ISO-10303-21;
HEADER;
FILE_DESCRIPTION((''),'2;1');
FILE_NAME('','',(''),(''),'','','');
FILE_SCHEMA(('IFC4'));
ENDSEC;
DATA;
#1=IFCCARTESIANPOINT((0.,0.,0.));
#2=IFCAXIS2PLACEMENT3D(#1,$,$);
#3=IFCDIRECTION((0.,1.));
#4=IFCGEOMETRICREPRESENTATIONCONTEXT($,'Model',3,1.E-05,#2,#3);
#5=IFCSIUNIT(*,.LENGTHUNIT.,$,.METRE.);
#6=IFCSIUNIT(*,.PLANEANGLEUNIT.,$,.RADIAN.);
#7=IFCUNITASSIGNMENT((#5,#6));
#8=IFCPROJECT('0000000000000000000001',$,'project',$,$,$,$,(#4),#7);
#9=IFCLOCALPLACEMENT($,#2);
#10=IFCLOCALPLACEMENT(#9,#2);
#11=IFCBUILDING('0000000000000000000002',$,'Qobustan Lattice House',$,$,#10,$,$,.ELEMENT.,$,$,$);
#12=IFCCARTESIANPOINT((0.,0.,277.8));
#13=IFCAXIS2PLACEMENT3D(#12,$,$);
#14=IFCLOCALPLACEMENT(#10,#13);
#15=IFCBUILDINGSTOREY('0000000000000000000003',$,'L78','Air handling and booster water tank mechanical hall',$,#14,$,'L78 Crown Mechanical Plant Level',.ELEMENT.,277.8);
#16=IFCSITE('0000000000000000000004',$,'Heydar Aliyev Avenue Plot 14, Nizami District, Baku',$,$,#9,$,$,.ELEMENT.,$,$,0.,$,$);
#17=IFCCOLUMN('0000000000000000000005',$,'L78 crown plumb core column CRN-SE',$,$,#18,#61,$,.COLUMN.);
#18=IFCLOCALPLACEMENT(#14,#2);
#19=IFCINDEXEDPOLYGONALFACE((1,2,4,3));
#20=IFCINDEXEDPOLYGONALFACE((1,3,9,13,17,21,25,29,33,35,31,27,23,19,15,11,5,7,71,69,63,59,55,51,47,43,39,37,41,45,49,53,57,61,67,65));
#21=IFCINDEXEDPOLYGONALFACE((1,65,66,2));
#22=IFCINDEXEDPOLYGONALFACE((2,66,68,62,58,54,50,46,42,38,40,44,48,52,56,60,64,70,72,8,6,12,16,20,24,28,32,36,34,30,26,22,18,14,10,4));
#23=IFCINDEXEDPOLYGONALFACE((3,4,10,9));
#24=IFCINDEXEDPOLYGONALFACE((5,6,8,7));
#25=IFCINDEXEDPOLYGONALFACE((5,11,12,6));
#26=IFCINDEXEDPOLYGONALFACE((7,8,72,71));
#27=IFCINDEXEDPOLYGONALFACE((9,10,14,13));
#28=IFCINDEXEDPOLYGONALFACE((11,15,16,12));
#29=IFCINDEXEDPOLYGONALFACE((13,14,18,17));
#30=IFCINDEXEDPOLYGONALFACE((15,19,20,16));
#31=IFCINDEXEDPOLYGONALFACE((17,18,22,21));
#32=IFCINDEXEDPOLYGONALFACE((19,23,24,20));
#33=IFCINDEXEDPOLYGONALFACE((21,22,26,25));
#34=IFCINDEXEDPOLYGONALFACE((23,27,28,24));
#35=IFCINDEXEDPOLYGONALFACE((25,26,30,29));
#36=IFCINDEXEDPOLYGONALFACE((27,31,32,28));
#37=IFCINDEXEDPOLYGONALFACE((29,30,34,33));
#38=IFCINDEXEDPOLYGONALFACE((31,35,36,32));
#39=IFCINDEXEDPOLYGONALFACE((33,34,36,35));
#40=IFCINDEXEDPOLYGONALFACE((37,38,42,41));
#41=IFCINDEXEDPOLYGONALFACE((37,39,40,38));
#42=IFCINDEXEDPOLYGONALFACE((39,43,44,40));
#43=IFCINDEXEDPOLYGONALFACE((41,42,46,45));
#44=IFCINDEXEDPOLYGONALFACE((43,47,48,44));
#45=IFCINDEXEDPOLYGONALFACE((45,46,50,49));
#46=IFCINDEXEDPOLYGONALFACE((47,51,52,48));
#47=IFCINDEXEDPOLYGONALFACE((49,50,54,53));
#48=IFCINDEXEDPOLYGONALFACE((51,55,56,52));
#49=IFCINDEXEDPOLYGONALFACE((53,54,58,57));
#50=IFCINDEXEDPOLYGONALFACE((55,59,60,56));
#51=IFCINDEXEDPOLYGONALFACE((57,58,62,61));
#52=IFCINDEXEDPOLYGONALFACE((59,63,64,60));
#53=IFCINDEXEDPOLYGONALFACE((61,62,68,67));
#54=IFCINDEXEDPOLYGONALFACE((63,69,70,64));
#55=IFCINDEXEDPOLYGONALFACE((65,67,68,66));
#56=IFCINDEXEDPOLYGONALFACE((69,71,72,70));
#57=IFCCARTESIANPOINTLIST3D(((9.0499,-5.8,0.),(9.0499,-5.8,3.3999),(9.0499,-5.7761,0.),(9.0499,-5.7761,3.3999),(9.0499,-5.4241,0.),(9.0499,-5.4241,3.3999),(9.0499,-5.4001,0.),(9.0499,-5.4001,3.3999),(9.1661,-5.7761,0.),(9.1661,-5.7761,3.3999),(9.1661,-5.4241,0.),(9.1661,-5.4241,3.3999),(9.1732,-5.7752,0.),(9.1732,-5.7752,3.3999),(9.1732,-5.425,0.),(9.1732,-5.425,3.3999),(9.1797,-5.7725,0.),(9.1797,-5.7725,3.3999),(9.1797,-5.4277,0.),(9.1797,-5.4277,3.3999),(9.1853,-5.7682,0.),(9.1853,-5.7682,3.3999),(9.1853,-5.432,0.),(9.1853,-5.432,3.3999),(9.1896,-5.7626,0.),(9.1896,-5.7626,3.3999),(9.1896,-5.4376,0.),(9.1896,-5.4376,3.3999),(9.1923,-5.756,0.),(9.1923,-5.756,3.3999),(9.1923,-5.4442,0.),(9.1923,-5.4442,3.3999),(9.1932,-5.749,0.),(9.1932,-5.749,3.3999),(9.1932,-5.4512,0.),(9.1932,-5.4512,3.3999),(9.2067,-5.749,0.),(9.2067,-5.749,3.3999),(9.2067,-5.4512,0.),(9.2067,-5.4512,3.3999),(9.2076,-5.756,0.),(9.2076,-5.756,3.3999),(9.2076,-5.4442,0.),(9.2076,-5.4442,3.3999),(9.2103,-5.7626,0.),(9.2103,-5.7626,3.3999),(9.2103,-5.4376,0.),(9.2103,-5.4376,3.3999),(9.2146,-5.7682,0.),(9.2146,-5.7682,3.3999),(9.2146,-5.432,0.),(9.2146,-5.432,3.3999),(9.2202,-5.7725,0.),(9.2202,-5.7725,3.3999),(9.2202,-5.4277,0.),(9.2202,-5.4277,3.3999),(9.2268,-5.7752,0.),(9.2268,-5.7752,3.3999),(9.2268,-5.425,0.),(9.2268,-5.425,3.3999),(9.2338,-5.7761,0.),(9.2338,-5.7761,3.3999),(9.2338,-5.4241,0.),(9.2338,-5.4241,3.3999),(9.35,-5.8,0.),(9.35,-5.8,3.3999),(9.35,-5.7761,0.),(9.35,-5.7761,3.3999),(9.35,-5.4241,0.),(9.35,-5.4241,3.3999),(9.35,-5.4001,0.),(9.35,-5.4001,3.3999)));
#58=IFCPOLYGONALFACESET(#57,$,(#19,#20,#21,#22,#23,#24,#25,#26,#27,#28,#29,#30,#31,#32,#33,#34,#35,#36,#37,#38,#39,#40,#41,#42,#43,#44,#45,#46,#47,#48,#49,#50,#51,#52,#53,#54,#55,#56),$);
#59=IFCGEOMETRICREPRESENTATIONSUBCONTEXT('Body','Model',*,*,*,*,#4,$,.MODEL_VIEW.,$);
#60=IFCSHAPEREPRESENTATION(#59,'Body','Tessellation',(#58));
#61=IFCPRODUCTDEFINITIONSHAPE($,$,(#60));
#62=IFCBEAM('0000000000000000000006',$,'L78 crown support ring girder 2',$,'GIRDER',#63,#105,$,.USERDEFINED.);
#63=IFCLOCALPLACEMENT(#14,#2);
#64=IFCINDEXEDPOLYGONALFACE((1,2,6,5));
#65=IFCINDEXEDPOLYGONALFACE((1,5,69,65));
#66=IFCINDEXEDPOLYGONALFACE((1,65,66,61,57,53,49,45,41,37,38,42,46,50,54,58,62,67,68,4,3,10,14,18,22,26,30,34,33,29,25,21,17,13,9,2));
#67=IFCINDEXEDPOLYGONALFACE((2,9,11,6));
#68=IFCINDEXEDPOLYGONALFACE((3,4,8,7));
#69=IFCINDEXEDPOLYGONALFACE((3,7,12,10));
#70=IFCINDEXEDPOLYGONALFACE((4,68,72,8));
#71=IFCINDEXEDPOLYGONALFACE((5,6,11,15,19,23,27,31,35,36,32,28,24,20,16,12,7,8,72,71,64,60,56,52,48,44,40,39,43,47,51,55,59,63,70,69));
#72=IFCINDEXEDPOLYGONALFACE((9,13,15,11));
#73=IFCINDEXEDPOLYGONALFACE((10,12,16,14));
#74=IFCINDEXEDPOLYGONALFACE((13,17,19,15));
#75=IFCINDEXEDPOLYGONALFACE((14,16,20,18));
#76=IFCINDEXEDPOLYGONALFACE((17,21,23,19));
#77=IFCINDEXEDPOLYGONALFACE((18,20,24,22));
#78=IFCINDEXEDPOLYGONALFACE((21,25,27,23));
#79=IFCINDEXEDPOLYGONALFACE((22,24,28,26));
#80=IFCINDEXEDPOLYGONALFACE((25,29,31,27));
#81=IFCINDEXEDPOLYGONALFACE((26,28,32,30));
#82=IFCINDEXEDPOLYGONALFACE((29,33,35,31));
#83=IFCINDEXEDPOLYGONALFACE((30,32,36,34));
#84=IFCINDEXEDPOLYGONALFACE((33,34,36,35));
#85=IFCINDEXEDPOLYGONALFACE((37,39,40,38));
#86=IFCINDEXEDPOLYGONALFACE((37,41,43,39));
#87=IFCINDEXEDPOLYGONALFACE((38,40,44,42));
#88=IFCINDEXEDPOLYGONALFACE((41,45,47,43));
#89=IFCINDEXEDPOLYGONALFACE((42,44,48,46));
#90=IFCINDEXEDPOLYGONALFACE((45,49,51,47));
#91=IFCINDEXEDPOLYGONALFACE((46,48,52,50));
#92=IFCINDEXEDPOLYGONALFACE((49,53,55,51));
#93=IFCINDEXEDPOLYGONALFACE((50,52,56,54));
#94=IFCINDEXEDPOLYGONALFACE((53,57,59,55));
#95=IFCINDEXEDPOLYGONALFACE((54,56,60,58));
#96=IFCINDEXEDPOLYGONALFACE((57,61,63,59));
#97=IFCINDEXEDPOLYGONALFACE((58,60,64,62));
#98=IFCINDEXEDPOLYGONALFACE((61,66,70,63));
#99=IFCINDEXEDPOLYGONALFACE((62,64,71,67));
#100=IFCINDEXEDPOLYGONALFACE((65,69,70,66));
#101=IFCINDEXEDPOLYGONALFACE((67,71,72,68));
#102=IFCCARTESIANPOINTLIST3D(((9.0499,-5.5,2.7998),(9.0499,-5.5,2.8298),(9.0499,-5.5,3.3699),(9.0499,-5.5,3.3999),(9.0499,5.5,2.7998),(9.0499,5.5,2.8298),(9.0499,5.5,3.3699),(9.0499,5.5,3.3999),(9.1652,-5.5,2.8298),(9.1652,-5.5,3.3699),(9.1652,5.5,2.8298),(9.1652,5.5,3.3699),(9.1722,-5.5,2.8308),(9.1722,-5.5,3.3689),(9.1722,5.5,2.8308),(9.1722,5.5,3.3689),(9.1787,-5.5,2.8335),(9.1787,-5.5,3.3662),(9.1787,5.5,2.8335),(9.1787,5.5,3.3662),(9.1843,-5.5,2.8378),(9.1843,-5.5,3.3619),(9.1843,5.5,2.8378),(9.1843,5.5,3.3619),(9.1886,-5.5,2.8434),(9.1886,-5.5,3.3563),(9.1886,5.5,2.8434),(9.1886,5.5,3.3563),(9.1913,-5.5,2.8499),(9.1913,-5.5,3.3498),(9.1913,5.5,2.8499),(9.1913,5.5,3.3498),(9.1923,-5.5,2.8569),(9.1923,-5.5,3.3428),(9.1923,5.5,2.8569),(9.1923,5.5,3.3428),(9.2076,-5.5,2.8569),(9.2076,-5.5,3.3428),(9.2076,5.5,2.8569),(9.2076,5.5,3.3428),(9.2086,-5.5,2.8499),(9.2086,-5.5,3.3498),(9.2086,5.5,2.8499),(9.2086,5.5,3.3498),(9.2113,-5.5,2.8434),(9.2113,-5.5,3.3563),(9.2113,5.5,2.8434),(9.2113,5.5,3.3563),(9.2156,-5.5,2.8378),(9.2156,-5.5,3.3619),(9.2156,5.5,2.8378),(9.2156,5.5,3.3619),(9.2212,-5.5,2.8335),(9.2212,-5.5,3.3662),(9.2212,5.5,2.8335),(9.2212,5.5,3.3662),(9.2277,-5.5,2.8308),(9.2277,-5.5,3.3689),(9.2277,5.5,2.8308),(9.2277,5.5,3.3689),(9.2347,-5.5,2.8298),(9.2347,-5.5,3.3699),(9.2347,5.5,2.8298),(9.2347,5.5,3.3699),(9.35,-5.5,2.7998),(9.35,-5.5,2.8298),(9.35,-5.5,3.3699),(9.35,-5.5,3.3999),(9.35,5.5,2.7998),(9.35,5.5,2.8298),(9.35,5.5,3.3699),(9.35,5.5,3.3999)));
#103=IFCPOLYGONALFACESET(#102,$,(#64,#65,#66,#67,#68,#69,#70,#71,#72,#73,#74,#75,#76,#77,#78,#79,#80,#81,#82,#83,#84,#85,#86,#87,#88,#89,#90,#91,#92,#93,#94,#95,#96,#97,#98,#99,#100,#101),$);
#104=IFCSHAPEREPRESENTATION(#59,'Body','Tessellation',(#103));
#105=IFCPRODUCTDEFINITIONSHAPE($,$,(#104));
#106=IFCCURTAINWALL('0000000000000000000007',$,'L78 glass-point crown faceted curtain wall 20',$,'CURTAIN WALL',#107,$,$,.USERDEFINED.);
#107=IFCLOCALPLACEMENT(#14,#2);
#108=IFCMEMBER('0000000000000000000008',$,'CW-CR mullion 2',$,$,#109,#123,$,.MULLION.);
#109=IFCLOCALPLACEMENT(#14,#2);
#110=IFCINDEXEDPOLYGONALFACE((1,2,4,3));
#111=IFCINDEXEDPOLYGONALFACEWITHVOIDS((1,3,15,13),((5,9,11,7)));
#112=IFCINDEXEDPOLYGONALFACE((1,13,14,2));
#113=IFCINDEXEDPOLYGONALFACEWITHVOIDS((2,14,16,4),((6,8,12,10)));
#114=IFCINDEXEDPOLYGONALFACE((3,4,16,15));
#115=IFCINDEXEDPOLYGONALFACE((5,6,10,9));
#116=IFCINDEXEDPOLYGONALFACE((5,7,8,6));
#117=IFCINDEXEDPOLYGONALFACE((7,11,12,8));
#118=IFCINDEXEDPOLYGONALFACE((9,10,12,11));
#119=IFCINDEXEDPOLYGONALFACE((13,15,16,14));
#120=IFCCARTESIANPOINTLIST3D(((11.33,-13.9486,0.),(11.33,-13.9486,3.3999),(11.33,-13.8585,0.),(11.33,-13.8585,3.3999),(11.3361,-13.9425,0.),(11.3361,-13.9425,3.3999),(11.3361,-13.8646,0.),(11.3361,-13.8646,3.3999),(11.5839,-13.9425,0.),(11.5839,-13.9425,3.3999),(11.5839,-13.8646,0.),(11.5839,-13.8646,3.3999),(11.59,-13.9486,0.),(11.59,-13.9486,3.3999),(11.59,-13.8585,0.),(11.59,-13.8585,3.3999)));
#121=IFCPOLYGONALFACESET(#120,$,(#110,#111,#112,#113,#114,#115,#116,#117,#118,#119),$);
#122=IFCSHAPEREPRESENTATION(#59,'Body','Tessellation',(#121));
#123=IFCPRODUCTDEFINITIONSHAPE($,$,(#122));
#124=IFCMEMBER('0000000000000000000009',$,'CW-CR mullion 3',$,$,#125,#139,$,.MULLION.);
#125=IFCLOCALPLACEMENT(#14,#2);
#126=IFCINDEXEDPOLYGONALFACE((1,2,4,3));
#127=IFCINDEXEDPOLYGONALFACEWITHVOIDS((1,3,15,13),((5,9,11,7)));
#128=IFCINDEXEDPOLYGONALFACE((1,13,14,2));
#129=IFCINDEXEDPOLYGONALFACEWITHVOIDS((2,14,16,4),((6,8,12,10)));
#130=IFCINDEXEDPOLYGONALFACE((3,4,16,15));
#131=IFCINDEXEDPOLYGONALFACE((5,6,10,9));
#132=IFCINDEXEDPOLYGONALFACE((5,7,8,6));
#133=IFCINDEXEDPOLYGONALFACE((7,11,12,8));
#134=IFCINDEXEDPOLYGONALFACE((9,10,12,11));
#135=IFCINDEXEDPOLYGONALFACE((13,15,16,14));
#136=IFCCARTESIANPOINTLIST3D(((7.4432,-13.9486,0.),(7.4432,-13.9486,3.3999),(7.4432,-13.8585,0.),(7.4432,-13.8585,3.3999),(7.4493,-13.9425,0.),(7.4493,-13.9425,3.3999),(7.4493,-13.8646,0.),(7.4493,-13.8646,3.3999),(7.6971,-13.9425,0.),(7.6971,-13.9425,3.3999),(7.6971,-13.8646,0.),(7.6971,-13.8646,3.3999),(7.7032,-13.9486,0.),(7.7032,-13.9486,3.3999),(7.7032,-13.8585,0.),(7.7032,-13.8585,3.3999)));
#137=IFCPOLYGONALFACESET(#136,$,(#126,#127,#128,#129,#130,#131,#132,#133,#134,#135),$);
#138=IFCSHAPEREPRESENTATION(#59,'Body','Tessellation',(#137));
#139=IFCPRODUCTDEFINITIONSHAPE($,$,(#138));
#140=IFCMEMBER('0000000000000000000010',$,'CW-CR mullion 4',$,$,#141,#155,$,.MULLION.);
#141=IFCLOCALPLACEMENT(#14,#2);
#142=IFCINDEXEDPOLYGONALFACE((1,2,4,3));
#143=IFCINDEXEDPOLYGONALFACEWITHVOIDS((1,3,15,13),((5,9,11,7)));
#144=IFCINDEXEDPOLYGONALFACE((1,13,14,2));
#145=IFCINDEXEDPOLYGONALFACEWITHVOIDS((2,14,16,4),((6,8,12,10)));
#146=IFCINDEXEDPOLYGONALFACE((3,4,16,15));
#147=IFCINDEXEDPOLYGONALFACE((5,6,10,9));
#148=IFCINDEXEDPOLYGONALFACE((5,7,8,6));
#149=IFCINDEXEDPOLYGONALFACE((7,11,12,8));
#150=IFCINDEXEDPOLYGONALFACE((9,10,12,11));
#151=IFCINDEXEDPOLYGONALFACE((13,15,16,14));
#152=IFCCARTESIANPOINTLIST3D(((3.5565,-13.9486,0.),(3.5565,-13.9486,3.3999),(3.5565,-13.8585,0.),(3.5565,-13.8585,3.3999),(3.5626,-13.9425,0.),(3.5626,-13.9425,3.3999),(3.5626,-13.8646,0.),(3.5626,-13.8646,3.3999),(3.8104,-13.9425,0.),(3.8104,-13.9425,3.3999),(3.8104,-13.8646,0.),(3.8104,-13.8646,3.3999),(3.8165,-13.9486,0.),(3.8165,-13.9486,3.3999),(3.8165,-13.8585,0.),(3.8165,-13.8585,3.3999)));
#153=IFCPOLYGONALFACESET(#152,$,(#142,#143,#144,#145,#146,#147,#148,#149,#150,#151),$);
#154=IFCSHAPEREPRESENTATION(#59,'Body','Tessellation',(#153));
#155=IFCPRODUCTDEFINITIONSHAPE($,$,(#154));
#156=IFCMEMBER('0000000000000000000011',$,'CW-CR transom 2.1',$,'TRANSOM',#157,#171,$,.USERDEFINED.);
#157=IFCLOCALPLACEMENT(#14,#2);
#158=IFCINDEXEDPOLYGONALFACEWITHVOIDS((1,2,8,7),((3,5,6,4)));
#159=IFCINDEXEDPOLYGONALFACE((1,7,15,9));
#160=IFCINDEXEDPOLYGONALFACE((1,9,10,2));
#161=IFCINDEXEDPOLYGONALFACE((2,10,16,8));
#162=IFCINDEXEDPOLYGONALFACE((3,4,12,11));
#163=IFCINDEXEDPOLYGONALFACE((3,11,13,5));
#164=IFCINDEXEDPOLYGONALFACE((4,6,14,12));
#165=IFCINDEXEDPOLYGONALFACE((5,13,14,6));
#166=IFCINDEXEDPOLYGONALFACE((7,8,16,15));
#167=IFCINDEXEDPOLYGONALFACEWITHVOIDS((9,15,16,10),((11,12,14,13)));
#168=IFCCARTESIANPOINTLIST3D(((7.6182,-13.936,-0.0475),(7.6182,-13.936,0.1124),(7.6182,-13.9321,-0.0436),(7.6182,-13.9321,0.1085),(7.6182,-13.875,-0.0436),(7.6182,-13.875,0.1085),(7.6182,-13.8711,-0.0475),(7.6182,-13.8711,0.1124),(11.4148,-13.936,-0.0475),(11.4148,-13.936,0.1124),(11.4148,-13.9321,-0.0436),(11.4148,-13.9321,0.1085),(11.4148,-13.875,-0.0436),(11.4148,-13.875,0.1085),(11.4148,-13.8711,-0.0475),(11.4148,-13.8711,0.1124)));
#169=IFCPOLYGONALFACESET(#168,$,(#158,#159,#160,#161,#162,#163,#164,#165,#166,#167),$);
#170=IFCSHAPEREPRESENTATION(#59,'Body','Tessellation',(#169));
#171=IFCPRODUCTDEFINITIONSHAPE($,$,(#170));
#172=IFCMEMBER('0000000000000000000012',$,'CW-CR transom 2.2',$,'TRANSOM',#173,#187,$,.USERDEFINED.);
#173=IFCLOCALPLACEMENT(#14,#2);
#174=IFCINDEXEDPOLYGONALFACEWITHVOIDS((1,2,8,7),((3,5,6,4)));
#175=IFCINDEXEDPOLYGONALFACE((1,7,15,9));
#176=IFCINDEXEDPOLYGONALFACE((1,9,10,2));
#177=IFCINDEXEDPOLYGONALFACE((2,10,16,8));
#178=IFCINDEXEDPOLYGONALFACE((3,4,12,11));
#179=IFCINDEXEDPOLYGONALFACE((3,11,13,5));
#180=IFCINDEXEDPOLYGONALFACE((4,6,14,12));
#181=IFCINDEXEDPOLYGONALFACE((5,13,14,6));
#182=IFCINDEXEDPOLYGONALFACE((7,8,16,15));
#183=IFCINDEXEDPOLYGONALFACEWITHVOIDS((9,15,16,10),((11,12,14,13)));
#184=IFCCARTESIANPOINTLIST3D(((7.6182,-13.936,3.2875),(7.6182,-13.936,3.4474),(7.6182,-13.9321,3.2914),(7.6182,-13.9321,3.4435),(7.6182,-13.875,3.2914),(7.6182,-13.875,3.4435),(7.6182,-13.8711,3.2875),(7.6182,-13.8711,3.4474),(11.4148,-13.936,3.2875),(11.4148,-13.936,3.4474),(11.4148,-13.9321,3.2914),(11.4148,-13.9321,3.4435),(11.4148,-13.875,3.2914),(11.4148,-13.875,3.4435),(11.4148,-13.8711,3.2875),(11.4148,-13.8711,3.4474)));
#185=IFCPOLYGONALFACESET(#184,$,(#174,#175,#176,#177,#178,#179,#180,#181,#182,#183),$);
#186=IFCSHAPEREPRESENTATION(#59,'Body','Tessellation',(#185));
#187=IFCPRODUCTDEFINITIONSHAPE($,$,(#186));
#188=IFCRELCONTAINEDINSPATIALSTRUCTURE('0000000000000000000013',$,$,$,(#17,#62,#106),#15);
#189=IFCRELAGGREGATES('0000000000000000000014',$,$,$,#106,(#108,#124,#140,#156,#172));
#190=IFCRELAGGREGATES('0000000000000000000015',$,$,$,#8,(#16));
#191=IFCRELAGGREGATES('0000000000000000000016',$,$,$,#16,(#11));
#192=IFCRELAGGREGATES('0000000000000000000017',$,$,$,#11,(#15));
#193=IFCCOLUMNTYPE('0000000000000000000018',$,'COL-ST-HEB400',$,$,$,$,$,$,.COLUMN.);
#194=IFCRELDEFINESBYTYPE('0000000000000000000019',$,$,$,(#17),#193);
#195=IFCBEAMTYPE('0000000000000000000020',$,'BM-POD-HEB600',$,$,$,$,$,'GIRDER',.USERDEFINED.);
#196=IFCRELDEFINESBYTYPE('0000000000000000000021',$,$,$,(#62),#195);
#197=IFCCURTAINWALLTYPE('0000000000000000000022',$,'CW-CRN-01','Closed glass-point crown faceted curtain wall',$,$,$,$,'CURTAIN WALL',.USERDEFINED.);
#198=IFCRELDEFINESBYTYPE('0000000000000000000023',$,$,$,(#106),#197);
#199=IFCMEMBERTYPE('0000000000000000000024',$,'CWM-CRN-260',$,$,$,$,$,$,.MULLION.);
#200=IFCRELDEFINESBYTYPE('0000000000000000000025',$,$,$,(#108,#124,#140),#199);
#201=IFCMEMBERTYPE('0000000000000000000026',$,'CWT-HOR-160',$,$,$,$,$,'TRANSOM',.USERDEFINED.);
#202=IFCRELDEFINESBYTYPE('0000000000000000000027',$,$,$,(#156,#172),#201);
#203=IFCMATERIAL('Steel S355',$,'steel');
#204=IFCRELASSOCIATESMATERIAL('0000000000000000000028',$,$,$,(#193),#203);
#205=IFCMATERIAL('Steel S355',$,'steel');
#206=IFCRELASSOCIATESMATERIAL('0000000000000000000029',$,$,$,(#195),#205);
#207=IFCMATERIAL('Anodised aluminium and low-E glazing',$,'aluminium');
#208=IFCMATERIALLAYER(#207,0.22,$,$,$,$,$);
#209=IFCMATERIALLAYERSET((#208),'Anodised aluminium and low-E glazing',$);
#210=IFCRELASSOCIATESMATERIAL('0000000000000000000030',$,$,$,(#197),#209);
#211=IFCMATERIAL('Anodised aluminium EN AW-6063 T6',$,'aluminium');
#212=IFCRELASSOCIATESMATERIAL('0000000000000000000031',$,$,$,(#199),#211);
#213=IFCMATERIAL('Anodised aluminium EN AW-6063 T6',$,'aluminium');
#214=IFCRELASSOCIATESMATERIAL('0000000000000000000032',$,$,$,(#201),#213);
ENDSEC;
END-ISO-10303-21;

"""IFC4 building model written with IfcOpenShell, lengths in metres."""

from ifc_helpers import new_model, si_unit, direction, frame, origin, origin_2d, place, context, subcontext, project, spatial, hollow_rectangle, i_section, extrude, material, layer, layer_set, material_profile, profile_set, type_object, element, aggregate, save


model = new_model("IFC4")

# Units and contexts
model_context = context("Model", 3, precision=1e-05, world=origin(), true_north=direction((0.0, 1.0)))
body_context = subcontext(model_context, "Body", "Model", "MODEL_VIEW")
ifc_project = project(units=[si_unit("LENGTHUNIT", "METRE"), si_unit("PLANEANGLEUNIT", "RADIAN")], contexts=[model_context])

# Site, building, storey
site_placement = place(None, origin())
site = spatial("IfcSite", under=ifc_project, at=site_placement, Name="Heydar Aliyev Avenue Plot 14, Nizami District, Baku", CompositionType="ELEMENT", RefElevation=0.0)
building_placement = place(site_placement, origin())
building = spatial("IfcBuilding", under=site, at=building_placement, Name="Qobustan Lattice House", CompositionType="ELEMENT")
storey_placement = place(building_placement, frame((0.0, 0.0, 277.8)))
storey = spatial("IfcBuildingStorey", under=building, at=storey_placement, Name="L78", Description="Air handling and booster water tank mechanical hall", LongName="L78 Crown Mechanical Plant Level", CompositionType="ELEMENT", Elevation=277.8)

# Column
ifc_material_1 = material(Name="Steel S355", Category="steel")
ifc_material_profile_1 = material_profile(ifc_material_1, i_section(OverallWidth=0.3, OverallDepth=0.3999, WebThickness=0.0134, FlangeThickness=0.0239, FilletRadius=0.0271, at=origin_2d()), Name="HEB400")
ifc_profile_set_1 = profile_set([ifc_material_profile_1], Name="Steel S355")
column_type = type_object("IfcColumnType", Name="COL-ST-HEB400", PredefinedType="COLUMN", material=ifc_profile_set_1)
column_placement = place(storey_placement, frame((9.2, -5.6001, 0.0), z_axis=(0.0, 0.0, 1.0), x_axis=(1.0, 0.0, 0.0)))
element("IfcColumn", 1, at=column_placement, inside=storey, type_object=column_type, Name="L78 crown plumb core column CRN-SE", PredefinedType="COLUMN", context=body_context, shape_type="SweptSolid", body=[
    extrude(i_section(OverallWidth=0.3, OverallDepth=0.3999, WebThickness=0.0134, FlangeThickness=0.0239, FilletRadius=0.0271, at=origin_2d()), origin(), (0.0, 0.0, 1.0), 3.3999),
])

# Beam
ifc_material_2 = material(Name="Steel S355", Category="steel")
ifc_material_profile_2 = material_profile(ifc_material_2, i_section(OverallWidth=0.3, OverallDepth=0.6001, WebThickness=0.0154, FlangeThickness=0.03, FilletRadius=0.0271, at=origin_2d()), Name="HEB600")
ifc_profile_set_2 = profile_set([ifc_material_profile_2], Name="Steel S355")
beam_type = type_object("IfcBeamType", Name="BM-POD-HEB600", ElementType="GIRDER", PredefinedType="USERDEFINED", material=ifc_profile_set_2)
beam_placement = place(storey_placement, frame((9.2, -5.5, 3.0999), z_axis=(0.0, 1.0, 0.0), x_axis=(-1.0, 0.0, 0.0)))
element("IfcBeam", 2, at=beam_placement, inside=storey, type_object=beam_type, Name="L78 crown support ring girder 2", ObjectType="GIRDER", PredefinedType="USERDEFINED", context=body_context, shape_type="SweptSolid", body=[
    extrude(i_section(OverallWidth=0.3, OverallDepth=0.6001, WebThickness=0.0154, FlangeThickness=0.03, FilletRadius=0.0271, at=origin_2d()), origin(), (0.0, 0.0, 1.0), 11.0),
])

# Curtain wall, members
ifc_material_3 = material(Name="Anodised aluminium and low-E glazing", Category="aluminium")
ifc_layer_1 = layer(ifc_material_3, 0.22)
ifc_layer_set_1 = layer_set([ifc_layer_1], Name="Anodised aluminium and low-E glazing")
curtain_wall_type = type_object("IfcCurtainWallType", Name="CW-CRN-01", Description="Closed glass-point crown faceted curtain wall", ElementType="CURTAIN WALL", PredefinedType="USERDEFINED", material=ifc_layer_set_1)
curtain_wall_placement = place(storey_placement, origin())
curtain_wall = element("IfcCurtainWall", 3, at=curtain_wall_placement, inside=storey, type_object=curtain_wall_type, Name="L78 glass-point crown faceted curtain wall 20", ObjectType="CURTAIN WALL", PredefinedType="USERDEFINED")
ifc_material_4 = material(Name="Anodised aluminium EN AW-6063 T6", Category="aluminium")
ifc_material_profile_3 = material_profile(ifc_material_4, hollow_rectangle(XDim=0.0901, YDim=0.26, WallThickness=0.0061, at=origin_2d()), Name="CWM-CROWN-260x90")
ifc_profile_set_3 = profile_set([ifc_material_profile_3], Name="Anodised aluminium EN AW-6063 T6")
member_type_1 = type_object("IfcMemberType", Name="CWM-CRN-260", PredefinedType="MULLION", material=ifc_profile_set_3)
member_1_placement = place(storey_placement, frame((11.46, -13.9036, 0.0), z_axis=(0.0, 0.0, 1.0), x_axis=(0.0, -1.0, 0.0)))
member_1 = element("IfcMember", 4, at=member_1_placement, type_object=member_type_1, Name="CW-CR mullion 2", PredefinedType="MULLION", context=body_context, shape_type="SweptSolid", body=[
    extrude(hollow_rectangle(XDim=0.0901, YDim=0.26, WallThickness=0.0061, at=origin_2d()), origin(), (0.0, 0.0, 1.0), 3.3999),
])
member_2_placement = place(storey_placement, frame((7.5732, -13.9036, 0.0), z_axis=(0.0, 0.0, 1.0), x_axis=(0.0, -1.0, 0.0)))
member_2 = element("IfcMember", 5, at=member_2_placement, type_object=member_type_1, Name="CW-CR mullion 3", PredefinedType="MULLION", context=body_context, shape_type="SweptSolid", body=[
    extrude(hollow_rectangle(XDim=0.0901, YDim=0.26, WallThickness=0.0061, at=origin_2d()), origin(), (0.0, 0.0, 1.0), 3.3999),
])
member_3_placement = place(storey_placement, frame((3.6865, -13.9036, 0.0), z_axis=(0.0, 0.0, 1.0), x_axis=(0.0, -1.0, 0.0)))
member_3 = element("IfcMember", 6, at=member_3_placement, type_object=member_type_1, Name="CW-CR mullion 4", PredefinedType="MULLION", context=body_context, shape_type="SweptSolid", body=[
    extrude(hollow_rectangle(XDim=0.0901, YDim=0.26, WallThickness=0.0061, at=origin_2d()), origin(), (0.0, 0.0, 1.0), 3.3999),
])
ifc_material_5 = material(Name="Anodised aluminium EN AW-6063 T6", Category="aluminium")
ifc_material_profile_4 = material_profile(ifc_material_5, hollow_rectangle(XDim=0.0649, YDim=0.1599, WallThickness=0.0039, at=origin_2d()), Name="CWT-160x65")
ifc_profile_set_4 = profile_set([ifc_material_profile_4], Name="Anodised aluminium EN AW-6063 T6")
member_type_2 = type_object("IfcMemberType", Name="CWT-HOR-160", ElementType="TRANSOM", PredefinedType="USERDEFINED", material=ifc_profile_set_4)
member_4_placement = place(storey_placement, frame((11.4148, -13.9036, 0.0325), z_axis=(-1.0, 0.0, 0.0), x_axis=(0.0, -1.0, 0.0)))
member_4 = element("IfcMember", 7, at=member_4_placement, type_object=member_type_2, Name="CW-CR transom 2.1", ObjectType="TRANSOM", PredefinedType="USERDEFINED", context=body_context, shape_type="SweptSolid", body=[
    extrude(hollow_rectangle(XDim=0.0649, YDim=0.1599, WallThickness=0.0039, at=origin_2d()), origin(), (0.0, 0.0, 1.0), 3.7966),
])
member_5_placement = place(storey_placement, frame((11.4148, -13.9036, 3.3674), z_axis=(-1.0, 0.0, 0.0), x_axis=(0.0, -1.0, 0.0)))
member_5 = element("IfcMember", 8, at=member_5_placement, type_object=member_type_2, Name="CW-CR transom 2.2", ObjectType="TRANSOM", PredefinedType="USERDEFINED", context=body_context, shape_type="SweptSolid", body=[
    extrude(hollow_rectangle(XDim=0.0649, YDim=0.1599, WallThickness=0.0039, at=origin_2d()), origin(), (0.0, 0.0, 1.0), 3.7966),
])

aggregate(curtain_wall, [member_1, member_2, member_3, member_4, member_5])

save(model, "model.ifc")
